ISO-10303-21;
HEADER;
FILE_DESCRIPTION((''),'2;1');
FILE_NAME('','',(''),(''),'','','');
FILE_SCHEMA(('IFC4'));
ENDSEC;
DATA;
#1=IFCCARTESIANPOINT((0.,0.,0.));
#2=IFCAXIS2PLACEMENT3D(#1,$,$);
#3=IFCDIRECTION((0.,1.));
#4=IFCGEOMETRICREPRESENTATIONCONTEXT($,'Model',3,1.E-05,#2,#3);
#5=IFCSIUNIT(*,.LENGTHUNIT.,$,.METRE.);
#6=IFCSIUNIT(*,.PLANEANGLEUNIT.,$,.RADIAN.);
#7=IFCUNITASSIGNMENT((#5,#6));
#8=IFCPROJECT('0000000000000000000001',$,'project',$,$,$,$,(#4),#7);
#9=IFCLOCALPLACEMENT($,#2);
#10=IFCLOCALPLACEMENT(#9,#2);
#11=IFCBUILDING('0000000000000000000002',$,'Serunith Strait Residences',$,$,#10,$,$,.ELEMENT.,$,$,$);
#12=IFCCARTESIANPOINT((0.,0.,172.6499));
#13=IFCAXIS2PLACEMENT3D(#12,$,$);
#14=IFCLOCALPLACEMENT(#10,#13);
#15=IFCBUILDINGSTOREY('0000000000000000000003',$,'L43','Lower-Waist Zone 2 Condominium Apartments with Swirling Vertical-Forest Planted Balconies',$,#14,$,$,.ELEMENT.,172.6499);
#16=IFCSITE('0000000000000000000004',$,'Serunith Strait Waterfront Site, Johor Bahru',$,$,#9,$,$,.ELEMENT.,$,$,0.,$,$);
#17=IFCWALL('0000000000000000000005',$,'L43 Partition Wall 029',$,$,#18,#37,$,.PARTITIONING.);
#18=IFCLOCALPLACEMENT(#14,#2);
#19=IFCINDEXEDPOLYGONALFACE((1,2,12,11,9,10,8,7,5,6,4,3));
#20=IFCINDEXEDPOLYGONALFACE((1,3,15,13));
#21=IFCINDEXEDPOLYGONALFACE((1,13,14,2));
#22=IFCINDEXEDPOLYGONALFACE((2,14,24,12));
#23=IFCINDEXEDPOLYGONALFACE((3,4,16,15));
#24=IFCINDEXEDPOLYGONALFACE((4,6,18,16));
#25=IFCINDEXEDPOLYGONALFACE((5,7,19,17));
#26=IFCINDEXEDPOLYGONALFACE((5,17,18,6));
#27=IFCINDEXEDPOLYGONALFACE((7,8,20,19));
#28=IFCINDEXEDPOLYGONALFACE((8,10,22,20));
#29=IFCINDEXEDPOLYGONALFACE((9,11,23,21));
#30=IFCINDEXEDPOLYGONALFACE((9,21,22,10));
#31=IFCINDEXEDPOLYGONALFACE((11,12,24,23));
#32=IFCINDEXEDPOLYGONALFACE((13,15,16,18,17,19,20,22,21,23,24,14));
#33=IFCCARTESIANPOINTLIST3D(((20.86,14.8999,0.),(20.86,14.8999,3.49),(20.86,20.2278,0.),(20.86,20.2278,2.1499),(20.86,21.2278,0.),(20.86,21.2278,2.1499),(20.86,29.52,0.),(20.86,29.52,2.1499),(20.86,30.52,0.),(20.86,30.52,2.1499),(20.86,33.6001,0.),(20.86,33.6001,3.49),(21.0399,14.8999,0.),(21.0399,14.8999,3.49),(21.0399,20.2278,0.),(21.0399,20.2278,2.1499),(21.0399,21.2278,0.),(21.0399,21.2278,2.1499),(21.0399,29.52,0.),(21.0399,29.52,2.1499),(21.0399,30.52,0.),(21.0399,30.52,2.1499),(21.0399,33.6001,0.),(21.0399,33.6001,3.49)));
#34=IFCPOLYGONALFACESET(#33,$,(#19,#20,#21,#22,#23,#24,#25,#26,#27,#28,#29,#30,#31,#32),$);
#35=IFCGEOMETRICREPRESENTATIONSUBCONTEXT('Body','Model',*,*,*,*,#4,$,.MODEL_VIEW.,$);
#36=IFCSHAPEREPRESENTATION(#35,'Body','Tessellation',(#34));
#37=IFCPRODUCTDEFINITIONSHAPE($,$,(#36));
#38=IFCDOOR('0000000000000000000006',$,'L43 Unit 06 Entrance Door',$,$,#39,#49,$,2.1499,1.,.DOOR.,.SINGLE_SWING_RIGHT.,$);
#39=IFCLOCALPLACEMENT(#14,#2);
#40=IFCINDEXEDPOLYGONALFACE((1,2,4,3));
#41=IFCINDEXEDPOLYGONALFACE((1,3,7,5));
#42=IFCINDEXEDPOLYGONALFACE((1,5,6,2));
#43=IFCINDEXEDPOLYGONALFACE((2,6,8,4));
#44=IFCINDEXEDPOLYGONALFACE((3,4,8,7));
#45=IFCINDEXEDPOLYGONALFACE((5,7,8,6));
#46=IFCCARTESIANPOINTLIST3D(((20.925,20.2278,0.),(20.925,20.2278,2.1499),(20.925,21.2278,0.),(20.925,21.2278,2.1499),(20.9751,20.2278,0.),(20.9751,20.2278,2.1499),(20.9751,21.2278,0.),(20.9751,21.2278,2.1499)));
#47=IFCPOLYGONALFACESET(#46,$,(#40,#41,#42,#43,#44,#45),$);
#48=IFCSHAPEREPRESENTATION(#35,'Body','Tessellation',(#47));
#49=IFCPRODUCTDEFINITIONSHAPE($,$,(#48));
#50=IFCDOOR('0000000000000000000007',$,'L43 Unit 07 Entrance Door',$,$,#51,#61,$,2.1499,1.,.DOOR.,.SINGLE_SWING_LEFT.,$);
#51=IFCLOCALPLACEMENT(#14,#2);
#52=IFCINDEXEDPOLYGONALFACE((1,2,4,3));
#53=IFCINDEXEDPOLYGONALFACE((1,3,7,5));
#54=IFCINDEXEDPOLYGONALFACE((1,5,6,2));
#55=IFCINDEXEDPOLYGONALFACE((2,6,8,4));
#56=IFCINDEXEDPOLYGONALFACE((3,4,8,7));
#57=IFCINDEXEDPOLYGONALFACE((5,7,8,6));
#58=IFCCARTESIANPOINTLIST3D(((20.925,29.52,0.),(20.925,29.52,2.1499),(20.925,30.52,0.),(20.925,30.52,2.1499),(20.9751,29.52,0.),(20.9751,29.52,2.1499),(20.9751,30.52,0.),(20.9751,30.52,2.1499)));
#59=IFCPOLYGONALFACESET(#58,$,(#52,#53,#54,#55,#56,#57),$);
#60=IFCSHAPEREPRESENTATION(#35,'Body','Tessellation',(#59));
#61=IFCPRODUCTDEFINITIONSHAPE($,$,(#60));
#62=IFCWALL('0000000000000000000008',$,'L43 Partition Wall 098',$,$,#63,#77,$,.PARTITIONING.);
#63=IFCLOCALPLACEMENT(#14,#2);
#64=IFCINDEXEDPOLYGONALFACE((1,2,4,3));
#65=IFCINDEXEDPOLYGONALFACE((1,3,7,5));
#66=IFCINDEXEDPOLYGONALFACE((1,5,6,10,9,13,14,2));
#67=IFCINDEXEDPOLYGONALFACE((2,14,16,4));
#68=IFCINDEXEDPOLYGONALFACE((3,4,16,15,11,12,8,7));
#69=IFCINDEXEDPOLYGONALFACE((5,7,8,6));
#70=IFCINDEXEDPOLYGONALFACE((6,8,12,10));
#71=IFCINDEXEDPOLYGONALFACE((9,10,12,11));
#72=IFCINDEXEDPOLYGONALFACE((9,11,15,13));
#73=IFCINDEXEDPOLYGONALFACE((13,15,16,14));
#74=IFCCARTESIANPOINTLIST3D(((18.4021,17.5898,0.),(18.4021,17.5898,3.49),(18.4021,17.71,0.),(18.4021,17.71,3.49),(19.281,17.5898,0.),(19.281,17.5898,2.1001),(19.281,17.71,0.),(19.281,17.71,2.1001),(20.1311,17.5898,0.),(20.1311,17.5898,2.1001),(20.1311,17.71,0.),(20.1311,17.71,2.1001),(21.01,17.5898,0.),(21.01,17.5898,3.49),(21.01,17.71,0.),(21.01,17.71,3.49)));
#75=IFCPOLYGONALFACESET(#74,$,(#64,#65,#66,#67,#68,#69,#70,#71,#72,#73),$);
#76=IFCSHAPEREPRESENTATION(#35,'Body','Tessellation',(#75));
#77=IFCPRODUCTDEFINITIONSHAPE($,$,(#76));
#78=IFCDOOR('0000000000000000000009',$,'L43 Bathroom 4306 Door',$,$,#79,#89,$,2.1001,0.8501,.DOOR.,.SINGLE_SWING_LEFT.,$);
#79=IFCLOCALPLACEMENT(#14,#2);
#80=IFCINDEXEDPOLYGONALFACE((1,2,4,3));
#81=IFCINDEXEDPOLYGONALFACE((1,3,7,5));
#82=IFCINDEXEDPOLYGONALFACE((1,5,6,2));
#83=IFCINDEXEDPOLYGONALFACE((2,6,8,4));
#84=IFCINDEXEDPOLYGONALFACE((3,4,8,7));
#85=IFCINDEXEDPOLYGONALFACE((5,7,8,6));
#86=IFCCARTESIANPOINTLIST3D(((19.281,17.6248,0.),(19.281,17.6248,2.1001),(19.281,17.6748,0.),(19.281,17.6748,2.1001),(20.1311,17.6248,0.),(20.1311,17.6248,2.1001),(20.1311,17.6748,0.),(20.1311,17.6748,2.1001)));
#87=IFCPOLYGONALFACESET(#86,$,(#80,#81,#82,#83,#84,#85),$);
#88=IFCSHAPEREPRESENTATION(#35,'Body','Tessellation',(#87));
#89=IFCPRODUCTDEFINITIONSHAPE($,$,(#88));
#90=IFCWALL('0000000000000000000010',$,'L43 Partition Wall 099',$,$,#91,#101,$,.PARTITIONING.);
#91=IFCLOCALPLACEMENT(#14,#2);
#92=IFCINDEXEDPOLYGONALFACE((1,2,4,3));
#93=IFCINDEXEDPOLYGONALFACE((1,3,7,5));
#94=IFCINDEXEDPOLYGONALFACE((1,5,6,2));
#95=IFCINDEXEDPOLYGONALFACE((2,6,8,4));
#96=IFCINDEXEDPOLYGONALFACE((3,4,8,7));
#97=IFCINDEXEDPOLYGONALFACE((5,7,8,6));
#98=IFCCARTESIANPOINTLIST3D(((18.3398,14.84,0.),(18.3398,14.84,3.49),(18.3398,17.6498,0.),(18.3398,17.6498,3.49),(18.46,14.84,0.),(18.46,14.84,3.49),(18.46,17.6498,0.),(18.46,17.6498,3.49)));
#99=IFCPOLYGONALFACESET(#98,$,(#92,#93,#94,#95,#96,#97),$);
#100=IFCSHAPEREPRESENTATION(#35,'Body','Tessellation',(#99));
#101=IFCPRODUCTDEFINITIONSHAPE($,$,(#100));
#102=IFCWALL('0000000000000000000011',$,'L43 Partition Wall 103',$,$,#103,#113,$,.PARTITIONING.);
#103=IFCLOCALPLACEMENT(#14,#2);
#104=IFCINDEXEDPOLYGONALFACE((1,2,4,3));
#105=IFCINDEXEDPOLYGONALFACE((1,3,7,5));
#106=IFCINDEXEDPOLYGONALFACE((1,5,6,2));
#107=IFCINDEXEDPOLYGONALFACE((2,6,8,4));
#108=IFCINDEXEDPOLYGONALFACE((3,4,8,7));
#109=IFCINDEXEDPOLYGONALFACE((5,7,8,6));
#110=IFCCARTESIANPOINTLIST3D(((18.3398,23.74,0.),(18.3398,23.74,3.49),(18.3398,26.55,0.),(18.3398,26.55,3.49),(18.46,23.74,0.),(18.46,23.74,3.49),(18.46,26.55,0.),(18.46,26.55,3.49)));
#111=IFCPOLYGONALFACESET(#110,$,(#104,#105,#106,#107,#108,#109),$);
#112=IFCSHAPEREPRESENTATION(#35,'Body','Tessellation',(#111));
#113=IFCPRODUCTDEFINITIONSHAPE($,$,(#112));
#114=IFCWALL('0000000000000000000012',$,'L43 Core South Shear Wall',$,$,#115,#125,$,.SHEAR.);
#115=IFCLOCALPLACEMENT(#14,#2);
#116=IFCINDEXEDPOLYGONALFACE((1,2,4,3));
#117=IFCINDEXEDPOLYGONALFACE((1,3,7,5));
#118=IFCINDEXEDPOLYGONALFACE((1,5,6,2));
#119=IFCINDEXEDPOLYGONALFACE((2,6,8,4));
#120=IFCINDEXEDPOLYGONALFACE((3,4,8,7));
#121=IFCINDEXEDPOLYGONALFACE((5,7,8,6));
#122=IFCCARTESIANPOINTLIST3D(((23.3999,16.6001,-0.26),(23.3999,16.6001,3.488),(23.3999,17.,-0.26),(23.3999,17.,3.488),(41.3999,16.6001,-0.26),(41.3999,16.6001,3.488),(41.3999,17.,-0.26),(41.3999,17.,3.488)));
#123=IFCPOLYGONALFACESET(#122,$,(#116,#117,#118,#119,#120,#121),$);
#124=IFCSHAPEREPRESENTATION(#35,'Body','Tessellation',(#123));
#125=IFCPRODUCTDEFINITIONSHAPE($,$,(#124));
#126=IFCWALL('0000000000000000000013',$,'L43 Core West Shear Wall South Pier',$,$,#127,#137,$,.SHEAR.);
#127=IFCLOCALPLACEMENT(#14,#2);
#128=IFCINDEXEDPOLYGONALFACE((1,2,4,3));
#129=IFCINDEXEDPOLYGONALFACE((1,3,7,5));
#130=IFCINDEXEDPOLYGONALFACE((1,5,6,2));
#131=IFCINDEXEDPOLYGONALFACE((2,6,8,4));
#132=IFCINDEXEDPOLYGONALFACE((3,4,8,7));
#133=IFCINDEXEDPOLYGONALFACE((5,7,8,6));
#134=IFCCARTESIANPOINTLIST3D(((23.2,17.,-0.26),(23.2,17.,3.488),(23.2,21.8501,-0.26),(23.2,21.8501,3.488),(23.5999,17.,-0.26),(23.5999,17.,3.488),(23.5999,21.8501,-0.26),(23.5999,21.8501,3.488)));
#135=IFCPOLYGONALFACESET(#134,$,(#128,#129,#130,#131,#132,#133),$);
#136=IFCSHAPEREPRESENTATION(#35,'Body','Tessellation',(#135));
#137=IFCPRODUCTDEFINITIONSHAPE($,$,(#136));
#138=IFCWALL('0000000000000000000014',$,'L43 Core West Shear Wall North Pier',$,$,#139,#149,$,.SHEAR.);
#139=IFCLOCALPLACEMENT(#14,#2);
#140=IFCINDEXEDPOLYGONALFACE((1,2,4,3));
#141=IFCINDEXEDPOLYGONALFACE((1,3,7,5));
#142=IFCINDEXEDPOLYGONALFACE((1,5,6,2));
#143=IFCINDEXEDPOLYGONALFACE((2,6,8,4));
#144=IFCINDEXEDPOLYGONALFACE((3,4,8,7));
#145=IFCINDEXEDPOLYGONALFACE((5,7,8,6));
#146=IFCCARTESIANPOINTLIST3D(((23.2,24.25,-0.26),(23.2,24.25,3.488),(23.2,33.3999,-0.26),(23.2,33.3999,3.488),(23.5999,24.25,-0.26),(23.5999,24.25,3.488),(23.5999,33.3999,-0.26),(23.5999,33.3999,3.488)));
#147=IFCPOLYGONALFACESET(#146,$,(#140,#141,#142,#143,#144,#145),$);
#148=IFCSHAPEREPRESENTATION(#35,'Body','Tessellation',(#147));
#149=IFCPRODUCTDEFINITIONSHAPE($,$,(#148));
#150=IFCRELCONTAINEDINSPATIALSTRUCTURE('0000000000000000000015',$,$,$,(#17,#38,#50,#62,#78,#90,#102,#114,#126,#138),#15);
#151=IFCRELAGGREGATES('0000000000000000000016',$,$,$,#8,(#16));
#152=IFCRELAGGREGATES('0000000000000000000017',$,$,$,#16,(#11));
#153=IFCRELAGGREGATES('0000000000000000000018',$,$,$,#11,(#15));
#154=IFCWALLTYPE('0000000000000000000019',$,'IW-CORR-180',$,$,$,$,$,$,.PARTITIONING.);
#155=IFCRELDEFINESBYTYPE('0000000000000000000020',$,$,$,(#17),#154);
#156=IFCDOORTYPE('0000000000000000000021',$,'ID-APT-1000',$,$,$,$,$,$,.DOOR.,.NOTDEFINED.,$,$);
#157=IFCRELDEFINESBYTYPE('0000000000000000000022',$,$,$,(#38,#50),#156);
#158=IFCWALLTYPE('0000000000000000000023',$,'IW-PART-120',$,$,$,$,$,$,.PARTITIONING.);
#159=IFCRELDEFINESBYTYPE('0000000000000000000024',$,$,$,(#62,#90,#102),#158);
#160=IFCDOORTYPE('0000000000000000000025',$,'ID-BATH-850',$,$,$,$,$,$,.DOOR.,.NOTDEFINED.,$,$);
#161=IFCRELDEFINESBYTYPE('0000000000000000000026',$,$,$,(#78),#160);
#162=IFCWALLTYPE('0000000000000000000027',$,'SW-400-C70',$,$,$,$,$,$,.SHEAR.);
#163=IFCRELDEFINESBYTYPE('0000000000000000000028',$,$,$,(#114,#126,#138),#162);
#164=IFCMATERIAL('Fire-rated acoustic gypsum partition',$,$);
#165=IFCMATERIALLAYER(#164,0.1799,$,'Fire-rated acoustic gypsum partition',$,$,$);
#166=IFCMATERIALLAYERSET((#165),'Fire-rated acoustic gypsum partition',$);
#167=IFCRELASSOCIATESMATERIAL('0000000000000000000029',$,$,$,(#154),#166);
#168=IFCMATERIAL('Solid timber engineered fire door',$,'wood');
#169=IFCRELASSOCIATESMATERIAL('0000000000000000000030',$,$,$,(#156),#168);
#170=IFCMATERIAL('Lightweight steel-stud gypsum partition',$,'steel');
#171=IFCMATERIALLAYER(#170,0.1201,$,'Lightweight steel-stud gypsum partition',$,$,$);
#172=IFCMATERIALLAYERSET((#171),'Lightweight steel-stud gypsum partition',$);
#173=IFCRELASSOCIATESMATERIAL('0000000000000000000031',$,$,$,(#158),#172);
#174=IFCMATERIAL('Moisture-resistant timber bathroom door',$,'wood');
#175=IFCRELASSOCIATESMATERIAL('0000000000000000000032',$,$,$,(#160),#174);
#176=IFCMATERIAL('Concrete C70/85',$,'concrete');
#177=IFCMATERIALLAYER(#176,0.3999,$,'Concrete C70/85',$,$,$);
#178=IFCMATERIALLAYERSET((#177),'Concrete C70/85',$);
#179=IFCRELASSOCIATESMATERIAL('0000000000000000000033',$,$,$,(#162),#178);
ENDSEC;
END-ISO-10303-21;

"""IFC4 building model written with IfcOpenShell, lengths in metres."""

from ifc_helpers import new_model, si_unit, direction, frame, frame_2d, origin, place, context, subcontext, project, spatial, rectangle, extrude, source, transform, mapped, material, layer, layer_set, type_object, element, fill, save


model = new_model("IFC4")

# Units and contexts
model_context = context("Model", 3, precision=1e-05, world=origin(), true_north=direction((0.0, 1.0)))
body_context = subcontext(model_context, "Body", "Model", "MODEL_VIEW")
ifc_project = project(units=[si_unit("LENGTHUNIT", "METRE"), si_unit("PLANEANGLEUNIT", "RADIAN")], contexts=[model_context])

# Site, building, storey
site_placement = place(None, origin())
site = spatial("IfcSite", under=ifc_project, at=site_placement, Name="Serunith Strait Waterfront Site, Johor Bahru", CompositionType="ELEMENT", RefElevation=0.0)
building_placement = place(site_placement, origin())
building = spatial("IfcBuilding", under=site, at=building_placement, Name="Serunith Strait Residences", CompositionType="ELEMENT")
storey_placement = place(building_placement, frame((0.0, 0.0, 172.6499)))
storey = spatial("IfcBuildingStorey", under=building, at=storey_placement, Name="L43", Description="Lower-Waist Zone 2 Condominium Apartments with Swirling Vertical-Forest Planted Balconies", CompositionType="ELEMENT", Elevation=172.6499)

# Wall, openings, doors
ifc_material_1 = material(Name="Fire-rated acoustic gypsum partition")
ifc_layer_1 = layer(ifc_material_1, 0.1799, Name="Fire-rated acoustic gypsum partition")
ifc_layer_set_1 = layer_set([ifc_layer_1], Name="Fire-rated acoustic gypsum partition")
wall_type_1 = type_object("IfcWallType", Name="IW-CORR-180", PredefinedType="PARTITIONING", material=ifc_layer_set_1)
ifc_material_2 = material(Name="Solid timber engineered fire door", Category="wood")
door_type_1 = type_object("IfcDoorType", Name="ID-APT-1000", OperationType="NOTDEFINED", PredefinedType="DOOR", material=ifc_material_2)
shared_shape_1 = source(origin(), body_context, "Body", "SweptSolid", [
    extrude(rectangle(XDim=1.0, YDim=2.1499, at=frame_2d((0.5, 1.075))), frame((0.0, 0.0249, 0.0), z_axis=(0.0, -1.0, 0.0), x_axis=(1.0, 0.0, 0.0)), (0.0, 0.0, 1.0), 0.05),
])
wall_1_placement = place(storey_placement, frame((20.95, 14.8999, 0.0), z_axis=(0.0, 0.0, 1.0), x_axis=(0.0, 1.0, 0.0)))
wall_1 = element("IfcWall", 1, at=wall_1_placement, inside=storey, type_object=wall_type_1, Name="L43 Partition Wall 029", PredefinedType="PARTITIONING", context=body_context, shape_type="SweptSolid", body=[
    extrude(rectangle(XDim=18.7002, YDim=0.1799, at=frame_2d((9.3501, 0.0))), origin(), (0.0, 0.0, 1.0), 3.49),
])
opening_1_placement = place(wall_1_placement, frame((5.3279, 0.0, 0.0)))
opening_1 = element("IfcOpeningElement", 2, at=opening_1_placement, cuts=wall_1, PredefinedType="OPENING", context=body_context, shape_type="SweptSolid", body=[
    extrude(rectangle(XDim=1.0, YDim=2.1499, at=frame_2d((0.5, 1.075))), frame((0.0, 0.1001, 0.0), z_axis=(0.0, -1.0, 0.0), x_axis=(1.0, 0.0, 0.0)), (0.0, 0.0, 1.0), 0.2),
])
opening_2_placement = place(wall_1_placement, frame((14.6201, 0.0, 0.0)))
opening_2 = element("IfcOpeningElement", 3, at=opening_2_placement, cuts=wall_1, PredefinedType="OPENING", context=body_context, shape_type="SweptSolid", body=[
    extrude(rectangle(XDim=1.0, YDim=2.1499, at=frame_2d((0.5, 1.075))), frame((0.0, 0.1001, 0.0), z_axis=(0.0, -1.0, 0.0), x_axis=(1.0, 0.0, 0.0)), (0.0, 0.0, 1.0), 0.2),
])
door_1_placement = place(opening_1_placement, origin())
door_1 = element("IfcDoor", 4, at=door_1_placement, inside=storey, type_object=door_type_1, Name="L43 Unit 06 Entrance Door", OperationType="SINGLE_SWING_RIGHT", OverallHeight=2.1499, OverallWidth=1.0, PredefinedType="DOOR", context=body_context, shape_type="MappedRepresentation", body=[
    mapped(shared_shape_1, transform((0.0, 0.0, 0.0), scale=1.0)),
])
fill(opening_1, door_1)
door_2_placement = place(opening_2_placement, origin())
door_2 = element("IfcDoor", 5, at=door_2_placement, inside=storey, type_object=door_type_1, Name="L43 Unit 07 Entrance Door", OperationType="SINGLE_SWING_LEFT", OverallHeight=2.1499, OverallWidth=1.0, PredefinedType="DOOR", context=body_context, shape_type="MappedRepresentation", body=[
    mapped(shared_shape_1, transform((0.0, 0.0, 0.0), scale=1.0)),
])
fill(opening_2, door_2)

# Wall, opening, door
ifc_material_3 = material(Name="Lightweight steel-stud gypsum partition", Category="steel")
ifc_layer_2 = layer(ifc_material_3, 0.1201, Name="Lightweight steel-stud gypsum partition")
ifc_layer_set_2 = layer_set([ifc_layer_2], Name="Lightweight steel-stud gypsum partition")
wall_type_2 = type_object("IfcWallType", Name="IW-PART-120", PredefinedType="PARTITIONING", material=ifc_layer_set_2)
wall_2_placement = place(storey_placement, frame((18.4021, 17.6499, 0.0), z_axis=(0.0, 0.0, 1.0), x_axis=(1.0, 0.0, 0.0)))
wall_2 = element("IfcWall", 6, at=wall_2_placement, inside=storey, type_object=wall_type_2, Name="L43 Partition Wall 098", PredefinedType="PARTITIONING", context=body_context, shape_type="SweptSolid", body=[
    extrude(rectangle(XDim=2.6079, YDim=0.1201, at=frame_2d((1.304, 0.0))), origin(), (0.0, 0.0, 1.0), 3.49),
])
opening_3_placement = place(wall_2_placement, frame((0.8789, 0.0, 0.0)))
opening_3 = element("IfcOpeningElement", 7, at=opening_3_placement, cuts=wall_2, PredefinedType="OPENING", context=body_context, shape_type="SweptSolid", body=[
    extrude(rectangle(XDim=0.8501, YDim=2.1001, at=frame_2d((0.425, 1.05))), frame((0.0, 0.0701, 0.0), z_axis=(0.0, -1.0, 0.0), x_axis=(1.0, 0.0, 0.0)), (0.0, 0.0, 1.0), 0.1401),
])
ifc_material_4 = material(Name="Moisture-resistant timber bathroom door", Category="wood")
door_type_2 = type_object("IfcDoorType", Name="ID-BATH-850", OperationType="NOTDEFINED", PredefinedType="DOOR", material=ifc_material_4)
shared_shape_2 = source(origin(), body_context, "Body", "SweptSolid", [
    extrude(rectangle(XDim=0.8501, YDim=2.1001, at=frame_2d((0.425, 1.05))), frame((0.0, 0.0249, 0.0), z_axis=(0.0, -1.0, 0.0), x_axis=(1.0, 0.0, 0.0)), (0.0, 0.0, 1.0), 0.05),
])
door_3_placement = place(opening_3_placement, origin())
door_3 = element("IfcDoor", 8, at=door_3_placement, inside=storey, type_object=door_type_2, Name="L43 Bathroom 4306 Door", OperationType="SINGLE_SWING_LEFT", OverallHeight=2.1001, OverallWidth=0.8501, PredefinedType="DOOR", context=body_context, shape_type="MappedRepresentation", body=[
    mapped(shared_shape_2, transform((0.0, 0.0, 0.0), scale=1.0)),
])
fill(opening_3, door_3)

# Walls
wall_3_placement = place(storey_placement, frame((18.3999, 14.8401, 0.0), z_axis=(0.0, 0.0, 1.0), x_axis=(0.0, 1.0, 0.0)))
element("IfcWall", 9, at=wall_3_placement, inside=storey, type_object=wall_type_2, Name="L43 Partition Wall 099", PredefinedType="PARTITIONING", context=body_context, shape_type="SweptSolid", body=[
    extrude(rectangle(XDim=2.8098, YDim=0.1201, at=frame_2d((1.4048, 0.0))), origin(), (0.0, 0.0, 1.0), 3.49),
])
wall_4_placement = place(storey_placement, frame((18.3999, 23.74, 0.0), z_axis=(0.0, 0.0, 1.0), x_axis=(0.0, 1.0, 0.0)))
element("IfcWall", 10, at=wall_4_placement, inside=storey, type_object=wall_type_2, Name="L43 Partition Wall 103", PredefinedType="PARTITIONING", context=body_context, shape_type="SweptSolid", body=[
    extrude(rectangle(XDim=2.8101, YDim=0.1201, at=frame_2d((1.405, 0.0))), origin(), (0.0, 0.0, 1.0), 3.49),
])

# Walls
ifc_material_5 = material(Name="Concrete C70/85", Category="concrete")
ifc_layer_3 = layer(ifc_material_5, 0.3999, Name="Concrete C70/85")
ifc_layer_set_3 = layer_set([ifc_layer_3], Name="Concrete C70/85")
wall_type_3 = type_object("IfcWallType", Name="SW-400-C70", PredefinedType="SHEAR", material=ifc_layer_set_3)
wall_5_placement = place(storey_placement, frame((23.3999, 16.8, -0.26), z_axis=(0.0, 0.0, 1.0), x_axis=(1.0, 0.0, 0.0)))
element("IfcWall", 11, at=wall_5_placement, inside=storey, type_object=wall_type_3, Name="L43 Core South Shear Wall", PredefinedType="SHEAR", context=body_context, shape_type="SweptSolid", body=[
    extrude(rectangle(XDim=18.0, YDim=0.3999, at=frame_2d((9.0, 0.0))), origin(), (0.0, 0.0, 1.0), 3.748),
])
wall_6_placement = place(storey_placement, frame((23.3999, 17.0, -0.26), z_axis=(0.0, 0.0, 1.0), x_axis=(0.0, 1.0, 0.0)))
element("IfcWall", 12, at=wall_6_placement, inside=storey, type_object=wall_type_3, Name="L43 Core West Shear Wall South Pier", PredefinedType="SHEAR", context=body_context, shape_type="SweptSolid", body=[
    extrude(rectangle(XDim=4.8501, YDim=0.3999, at=frame_2d((2.425, 0.0))), origin(), (0.0, 0.0, 1.0), 3.748),
])
wall_7_placement = place(storey_placement, frame((23.3999, 24.25, -0.26), z_axis=(0.0, 0.0, 1.0), x_axis=(0.0, 1.0, 0.0)))
element("IfcWall", 13, at=wall_7_placement, inside=storey, type_object=wall_type_3, Name="L43 Core West Shear Wall North Pier", PredefinedType="SHEAR", context=body_context, shape_type="SweptSolid", body=[
    extrude(rectangle(XDim=9.1499, YDim=0.3999, at=frame_2d((4.575, 0.0))), origin(), (0.0, 0.0, 1.0), 3.748),
])

save(model, "model.ifc")
